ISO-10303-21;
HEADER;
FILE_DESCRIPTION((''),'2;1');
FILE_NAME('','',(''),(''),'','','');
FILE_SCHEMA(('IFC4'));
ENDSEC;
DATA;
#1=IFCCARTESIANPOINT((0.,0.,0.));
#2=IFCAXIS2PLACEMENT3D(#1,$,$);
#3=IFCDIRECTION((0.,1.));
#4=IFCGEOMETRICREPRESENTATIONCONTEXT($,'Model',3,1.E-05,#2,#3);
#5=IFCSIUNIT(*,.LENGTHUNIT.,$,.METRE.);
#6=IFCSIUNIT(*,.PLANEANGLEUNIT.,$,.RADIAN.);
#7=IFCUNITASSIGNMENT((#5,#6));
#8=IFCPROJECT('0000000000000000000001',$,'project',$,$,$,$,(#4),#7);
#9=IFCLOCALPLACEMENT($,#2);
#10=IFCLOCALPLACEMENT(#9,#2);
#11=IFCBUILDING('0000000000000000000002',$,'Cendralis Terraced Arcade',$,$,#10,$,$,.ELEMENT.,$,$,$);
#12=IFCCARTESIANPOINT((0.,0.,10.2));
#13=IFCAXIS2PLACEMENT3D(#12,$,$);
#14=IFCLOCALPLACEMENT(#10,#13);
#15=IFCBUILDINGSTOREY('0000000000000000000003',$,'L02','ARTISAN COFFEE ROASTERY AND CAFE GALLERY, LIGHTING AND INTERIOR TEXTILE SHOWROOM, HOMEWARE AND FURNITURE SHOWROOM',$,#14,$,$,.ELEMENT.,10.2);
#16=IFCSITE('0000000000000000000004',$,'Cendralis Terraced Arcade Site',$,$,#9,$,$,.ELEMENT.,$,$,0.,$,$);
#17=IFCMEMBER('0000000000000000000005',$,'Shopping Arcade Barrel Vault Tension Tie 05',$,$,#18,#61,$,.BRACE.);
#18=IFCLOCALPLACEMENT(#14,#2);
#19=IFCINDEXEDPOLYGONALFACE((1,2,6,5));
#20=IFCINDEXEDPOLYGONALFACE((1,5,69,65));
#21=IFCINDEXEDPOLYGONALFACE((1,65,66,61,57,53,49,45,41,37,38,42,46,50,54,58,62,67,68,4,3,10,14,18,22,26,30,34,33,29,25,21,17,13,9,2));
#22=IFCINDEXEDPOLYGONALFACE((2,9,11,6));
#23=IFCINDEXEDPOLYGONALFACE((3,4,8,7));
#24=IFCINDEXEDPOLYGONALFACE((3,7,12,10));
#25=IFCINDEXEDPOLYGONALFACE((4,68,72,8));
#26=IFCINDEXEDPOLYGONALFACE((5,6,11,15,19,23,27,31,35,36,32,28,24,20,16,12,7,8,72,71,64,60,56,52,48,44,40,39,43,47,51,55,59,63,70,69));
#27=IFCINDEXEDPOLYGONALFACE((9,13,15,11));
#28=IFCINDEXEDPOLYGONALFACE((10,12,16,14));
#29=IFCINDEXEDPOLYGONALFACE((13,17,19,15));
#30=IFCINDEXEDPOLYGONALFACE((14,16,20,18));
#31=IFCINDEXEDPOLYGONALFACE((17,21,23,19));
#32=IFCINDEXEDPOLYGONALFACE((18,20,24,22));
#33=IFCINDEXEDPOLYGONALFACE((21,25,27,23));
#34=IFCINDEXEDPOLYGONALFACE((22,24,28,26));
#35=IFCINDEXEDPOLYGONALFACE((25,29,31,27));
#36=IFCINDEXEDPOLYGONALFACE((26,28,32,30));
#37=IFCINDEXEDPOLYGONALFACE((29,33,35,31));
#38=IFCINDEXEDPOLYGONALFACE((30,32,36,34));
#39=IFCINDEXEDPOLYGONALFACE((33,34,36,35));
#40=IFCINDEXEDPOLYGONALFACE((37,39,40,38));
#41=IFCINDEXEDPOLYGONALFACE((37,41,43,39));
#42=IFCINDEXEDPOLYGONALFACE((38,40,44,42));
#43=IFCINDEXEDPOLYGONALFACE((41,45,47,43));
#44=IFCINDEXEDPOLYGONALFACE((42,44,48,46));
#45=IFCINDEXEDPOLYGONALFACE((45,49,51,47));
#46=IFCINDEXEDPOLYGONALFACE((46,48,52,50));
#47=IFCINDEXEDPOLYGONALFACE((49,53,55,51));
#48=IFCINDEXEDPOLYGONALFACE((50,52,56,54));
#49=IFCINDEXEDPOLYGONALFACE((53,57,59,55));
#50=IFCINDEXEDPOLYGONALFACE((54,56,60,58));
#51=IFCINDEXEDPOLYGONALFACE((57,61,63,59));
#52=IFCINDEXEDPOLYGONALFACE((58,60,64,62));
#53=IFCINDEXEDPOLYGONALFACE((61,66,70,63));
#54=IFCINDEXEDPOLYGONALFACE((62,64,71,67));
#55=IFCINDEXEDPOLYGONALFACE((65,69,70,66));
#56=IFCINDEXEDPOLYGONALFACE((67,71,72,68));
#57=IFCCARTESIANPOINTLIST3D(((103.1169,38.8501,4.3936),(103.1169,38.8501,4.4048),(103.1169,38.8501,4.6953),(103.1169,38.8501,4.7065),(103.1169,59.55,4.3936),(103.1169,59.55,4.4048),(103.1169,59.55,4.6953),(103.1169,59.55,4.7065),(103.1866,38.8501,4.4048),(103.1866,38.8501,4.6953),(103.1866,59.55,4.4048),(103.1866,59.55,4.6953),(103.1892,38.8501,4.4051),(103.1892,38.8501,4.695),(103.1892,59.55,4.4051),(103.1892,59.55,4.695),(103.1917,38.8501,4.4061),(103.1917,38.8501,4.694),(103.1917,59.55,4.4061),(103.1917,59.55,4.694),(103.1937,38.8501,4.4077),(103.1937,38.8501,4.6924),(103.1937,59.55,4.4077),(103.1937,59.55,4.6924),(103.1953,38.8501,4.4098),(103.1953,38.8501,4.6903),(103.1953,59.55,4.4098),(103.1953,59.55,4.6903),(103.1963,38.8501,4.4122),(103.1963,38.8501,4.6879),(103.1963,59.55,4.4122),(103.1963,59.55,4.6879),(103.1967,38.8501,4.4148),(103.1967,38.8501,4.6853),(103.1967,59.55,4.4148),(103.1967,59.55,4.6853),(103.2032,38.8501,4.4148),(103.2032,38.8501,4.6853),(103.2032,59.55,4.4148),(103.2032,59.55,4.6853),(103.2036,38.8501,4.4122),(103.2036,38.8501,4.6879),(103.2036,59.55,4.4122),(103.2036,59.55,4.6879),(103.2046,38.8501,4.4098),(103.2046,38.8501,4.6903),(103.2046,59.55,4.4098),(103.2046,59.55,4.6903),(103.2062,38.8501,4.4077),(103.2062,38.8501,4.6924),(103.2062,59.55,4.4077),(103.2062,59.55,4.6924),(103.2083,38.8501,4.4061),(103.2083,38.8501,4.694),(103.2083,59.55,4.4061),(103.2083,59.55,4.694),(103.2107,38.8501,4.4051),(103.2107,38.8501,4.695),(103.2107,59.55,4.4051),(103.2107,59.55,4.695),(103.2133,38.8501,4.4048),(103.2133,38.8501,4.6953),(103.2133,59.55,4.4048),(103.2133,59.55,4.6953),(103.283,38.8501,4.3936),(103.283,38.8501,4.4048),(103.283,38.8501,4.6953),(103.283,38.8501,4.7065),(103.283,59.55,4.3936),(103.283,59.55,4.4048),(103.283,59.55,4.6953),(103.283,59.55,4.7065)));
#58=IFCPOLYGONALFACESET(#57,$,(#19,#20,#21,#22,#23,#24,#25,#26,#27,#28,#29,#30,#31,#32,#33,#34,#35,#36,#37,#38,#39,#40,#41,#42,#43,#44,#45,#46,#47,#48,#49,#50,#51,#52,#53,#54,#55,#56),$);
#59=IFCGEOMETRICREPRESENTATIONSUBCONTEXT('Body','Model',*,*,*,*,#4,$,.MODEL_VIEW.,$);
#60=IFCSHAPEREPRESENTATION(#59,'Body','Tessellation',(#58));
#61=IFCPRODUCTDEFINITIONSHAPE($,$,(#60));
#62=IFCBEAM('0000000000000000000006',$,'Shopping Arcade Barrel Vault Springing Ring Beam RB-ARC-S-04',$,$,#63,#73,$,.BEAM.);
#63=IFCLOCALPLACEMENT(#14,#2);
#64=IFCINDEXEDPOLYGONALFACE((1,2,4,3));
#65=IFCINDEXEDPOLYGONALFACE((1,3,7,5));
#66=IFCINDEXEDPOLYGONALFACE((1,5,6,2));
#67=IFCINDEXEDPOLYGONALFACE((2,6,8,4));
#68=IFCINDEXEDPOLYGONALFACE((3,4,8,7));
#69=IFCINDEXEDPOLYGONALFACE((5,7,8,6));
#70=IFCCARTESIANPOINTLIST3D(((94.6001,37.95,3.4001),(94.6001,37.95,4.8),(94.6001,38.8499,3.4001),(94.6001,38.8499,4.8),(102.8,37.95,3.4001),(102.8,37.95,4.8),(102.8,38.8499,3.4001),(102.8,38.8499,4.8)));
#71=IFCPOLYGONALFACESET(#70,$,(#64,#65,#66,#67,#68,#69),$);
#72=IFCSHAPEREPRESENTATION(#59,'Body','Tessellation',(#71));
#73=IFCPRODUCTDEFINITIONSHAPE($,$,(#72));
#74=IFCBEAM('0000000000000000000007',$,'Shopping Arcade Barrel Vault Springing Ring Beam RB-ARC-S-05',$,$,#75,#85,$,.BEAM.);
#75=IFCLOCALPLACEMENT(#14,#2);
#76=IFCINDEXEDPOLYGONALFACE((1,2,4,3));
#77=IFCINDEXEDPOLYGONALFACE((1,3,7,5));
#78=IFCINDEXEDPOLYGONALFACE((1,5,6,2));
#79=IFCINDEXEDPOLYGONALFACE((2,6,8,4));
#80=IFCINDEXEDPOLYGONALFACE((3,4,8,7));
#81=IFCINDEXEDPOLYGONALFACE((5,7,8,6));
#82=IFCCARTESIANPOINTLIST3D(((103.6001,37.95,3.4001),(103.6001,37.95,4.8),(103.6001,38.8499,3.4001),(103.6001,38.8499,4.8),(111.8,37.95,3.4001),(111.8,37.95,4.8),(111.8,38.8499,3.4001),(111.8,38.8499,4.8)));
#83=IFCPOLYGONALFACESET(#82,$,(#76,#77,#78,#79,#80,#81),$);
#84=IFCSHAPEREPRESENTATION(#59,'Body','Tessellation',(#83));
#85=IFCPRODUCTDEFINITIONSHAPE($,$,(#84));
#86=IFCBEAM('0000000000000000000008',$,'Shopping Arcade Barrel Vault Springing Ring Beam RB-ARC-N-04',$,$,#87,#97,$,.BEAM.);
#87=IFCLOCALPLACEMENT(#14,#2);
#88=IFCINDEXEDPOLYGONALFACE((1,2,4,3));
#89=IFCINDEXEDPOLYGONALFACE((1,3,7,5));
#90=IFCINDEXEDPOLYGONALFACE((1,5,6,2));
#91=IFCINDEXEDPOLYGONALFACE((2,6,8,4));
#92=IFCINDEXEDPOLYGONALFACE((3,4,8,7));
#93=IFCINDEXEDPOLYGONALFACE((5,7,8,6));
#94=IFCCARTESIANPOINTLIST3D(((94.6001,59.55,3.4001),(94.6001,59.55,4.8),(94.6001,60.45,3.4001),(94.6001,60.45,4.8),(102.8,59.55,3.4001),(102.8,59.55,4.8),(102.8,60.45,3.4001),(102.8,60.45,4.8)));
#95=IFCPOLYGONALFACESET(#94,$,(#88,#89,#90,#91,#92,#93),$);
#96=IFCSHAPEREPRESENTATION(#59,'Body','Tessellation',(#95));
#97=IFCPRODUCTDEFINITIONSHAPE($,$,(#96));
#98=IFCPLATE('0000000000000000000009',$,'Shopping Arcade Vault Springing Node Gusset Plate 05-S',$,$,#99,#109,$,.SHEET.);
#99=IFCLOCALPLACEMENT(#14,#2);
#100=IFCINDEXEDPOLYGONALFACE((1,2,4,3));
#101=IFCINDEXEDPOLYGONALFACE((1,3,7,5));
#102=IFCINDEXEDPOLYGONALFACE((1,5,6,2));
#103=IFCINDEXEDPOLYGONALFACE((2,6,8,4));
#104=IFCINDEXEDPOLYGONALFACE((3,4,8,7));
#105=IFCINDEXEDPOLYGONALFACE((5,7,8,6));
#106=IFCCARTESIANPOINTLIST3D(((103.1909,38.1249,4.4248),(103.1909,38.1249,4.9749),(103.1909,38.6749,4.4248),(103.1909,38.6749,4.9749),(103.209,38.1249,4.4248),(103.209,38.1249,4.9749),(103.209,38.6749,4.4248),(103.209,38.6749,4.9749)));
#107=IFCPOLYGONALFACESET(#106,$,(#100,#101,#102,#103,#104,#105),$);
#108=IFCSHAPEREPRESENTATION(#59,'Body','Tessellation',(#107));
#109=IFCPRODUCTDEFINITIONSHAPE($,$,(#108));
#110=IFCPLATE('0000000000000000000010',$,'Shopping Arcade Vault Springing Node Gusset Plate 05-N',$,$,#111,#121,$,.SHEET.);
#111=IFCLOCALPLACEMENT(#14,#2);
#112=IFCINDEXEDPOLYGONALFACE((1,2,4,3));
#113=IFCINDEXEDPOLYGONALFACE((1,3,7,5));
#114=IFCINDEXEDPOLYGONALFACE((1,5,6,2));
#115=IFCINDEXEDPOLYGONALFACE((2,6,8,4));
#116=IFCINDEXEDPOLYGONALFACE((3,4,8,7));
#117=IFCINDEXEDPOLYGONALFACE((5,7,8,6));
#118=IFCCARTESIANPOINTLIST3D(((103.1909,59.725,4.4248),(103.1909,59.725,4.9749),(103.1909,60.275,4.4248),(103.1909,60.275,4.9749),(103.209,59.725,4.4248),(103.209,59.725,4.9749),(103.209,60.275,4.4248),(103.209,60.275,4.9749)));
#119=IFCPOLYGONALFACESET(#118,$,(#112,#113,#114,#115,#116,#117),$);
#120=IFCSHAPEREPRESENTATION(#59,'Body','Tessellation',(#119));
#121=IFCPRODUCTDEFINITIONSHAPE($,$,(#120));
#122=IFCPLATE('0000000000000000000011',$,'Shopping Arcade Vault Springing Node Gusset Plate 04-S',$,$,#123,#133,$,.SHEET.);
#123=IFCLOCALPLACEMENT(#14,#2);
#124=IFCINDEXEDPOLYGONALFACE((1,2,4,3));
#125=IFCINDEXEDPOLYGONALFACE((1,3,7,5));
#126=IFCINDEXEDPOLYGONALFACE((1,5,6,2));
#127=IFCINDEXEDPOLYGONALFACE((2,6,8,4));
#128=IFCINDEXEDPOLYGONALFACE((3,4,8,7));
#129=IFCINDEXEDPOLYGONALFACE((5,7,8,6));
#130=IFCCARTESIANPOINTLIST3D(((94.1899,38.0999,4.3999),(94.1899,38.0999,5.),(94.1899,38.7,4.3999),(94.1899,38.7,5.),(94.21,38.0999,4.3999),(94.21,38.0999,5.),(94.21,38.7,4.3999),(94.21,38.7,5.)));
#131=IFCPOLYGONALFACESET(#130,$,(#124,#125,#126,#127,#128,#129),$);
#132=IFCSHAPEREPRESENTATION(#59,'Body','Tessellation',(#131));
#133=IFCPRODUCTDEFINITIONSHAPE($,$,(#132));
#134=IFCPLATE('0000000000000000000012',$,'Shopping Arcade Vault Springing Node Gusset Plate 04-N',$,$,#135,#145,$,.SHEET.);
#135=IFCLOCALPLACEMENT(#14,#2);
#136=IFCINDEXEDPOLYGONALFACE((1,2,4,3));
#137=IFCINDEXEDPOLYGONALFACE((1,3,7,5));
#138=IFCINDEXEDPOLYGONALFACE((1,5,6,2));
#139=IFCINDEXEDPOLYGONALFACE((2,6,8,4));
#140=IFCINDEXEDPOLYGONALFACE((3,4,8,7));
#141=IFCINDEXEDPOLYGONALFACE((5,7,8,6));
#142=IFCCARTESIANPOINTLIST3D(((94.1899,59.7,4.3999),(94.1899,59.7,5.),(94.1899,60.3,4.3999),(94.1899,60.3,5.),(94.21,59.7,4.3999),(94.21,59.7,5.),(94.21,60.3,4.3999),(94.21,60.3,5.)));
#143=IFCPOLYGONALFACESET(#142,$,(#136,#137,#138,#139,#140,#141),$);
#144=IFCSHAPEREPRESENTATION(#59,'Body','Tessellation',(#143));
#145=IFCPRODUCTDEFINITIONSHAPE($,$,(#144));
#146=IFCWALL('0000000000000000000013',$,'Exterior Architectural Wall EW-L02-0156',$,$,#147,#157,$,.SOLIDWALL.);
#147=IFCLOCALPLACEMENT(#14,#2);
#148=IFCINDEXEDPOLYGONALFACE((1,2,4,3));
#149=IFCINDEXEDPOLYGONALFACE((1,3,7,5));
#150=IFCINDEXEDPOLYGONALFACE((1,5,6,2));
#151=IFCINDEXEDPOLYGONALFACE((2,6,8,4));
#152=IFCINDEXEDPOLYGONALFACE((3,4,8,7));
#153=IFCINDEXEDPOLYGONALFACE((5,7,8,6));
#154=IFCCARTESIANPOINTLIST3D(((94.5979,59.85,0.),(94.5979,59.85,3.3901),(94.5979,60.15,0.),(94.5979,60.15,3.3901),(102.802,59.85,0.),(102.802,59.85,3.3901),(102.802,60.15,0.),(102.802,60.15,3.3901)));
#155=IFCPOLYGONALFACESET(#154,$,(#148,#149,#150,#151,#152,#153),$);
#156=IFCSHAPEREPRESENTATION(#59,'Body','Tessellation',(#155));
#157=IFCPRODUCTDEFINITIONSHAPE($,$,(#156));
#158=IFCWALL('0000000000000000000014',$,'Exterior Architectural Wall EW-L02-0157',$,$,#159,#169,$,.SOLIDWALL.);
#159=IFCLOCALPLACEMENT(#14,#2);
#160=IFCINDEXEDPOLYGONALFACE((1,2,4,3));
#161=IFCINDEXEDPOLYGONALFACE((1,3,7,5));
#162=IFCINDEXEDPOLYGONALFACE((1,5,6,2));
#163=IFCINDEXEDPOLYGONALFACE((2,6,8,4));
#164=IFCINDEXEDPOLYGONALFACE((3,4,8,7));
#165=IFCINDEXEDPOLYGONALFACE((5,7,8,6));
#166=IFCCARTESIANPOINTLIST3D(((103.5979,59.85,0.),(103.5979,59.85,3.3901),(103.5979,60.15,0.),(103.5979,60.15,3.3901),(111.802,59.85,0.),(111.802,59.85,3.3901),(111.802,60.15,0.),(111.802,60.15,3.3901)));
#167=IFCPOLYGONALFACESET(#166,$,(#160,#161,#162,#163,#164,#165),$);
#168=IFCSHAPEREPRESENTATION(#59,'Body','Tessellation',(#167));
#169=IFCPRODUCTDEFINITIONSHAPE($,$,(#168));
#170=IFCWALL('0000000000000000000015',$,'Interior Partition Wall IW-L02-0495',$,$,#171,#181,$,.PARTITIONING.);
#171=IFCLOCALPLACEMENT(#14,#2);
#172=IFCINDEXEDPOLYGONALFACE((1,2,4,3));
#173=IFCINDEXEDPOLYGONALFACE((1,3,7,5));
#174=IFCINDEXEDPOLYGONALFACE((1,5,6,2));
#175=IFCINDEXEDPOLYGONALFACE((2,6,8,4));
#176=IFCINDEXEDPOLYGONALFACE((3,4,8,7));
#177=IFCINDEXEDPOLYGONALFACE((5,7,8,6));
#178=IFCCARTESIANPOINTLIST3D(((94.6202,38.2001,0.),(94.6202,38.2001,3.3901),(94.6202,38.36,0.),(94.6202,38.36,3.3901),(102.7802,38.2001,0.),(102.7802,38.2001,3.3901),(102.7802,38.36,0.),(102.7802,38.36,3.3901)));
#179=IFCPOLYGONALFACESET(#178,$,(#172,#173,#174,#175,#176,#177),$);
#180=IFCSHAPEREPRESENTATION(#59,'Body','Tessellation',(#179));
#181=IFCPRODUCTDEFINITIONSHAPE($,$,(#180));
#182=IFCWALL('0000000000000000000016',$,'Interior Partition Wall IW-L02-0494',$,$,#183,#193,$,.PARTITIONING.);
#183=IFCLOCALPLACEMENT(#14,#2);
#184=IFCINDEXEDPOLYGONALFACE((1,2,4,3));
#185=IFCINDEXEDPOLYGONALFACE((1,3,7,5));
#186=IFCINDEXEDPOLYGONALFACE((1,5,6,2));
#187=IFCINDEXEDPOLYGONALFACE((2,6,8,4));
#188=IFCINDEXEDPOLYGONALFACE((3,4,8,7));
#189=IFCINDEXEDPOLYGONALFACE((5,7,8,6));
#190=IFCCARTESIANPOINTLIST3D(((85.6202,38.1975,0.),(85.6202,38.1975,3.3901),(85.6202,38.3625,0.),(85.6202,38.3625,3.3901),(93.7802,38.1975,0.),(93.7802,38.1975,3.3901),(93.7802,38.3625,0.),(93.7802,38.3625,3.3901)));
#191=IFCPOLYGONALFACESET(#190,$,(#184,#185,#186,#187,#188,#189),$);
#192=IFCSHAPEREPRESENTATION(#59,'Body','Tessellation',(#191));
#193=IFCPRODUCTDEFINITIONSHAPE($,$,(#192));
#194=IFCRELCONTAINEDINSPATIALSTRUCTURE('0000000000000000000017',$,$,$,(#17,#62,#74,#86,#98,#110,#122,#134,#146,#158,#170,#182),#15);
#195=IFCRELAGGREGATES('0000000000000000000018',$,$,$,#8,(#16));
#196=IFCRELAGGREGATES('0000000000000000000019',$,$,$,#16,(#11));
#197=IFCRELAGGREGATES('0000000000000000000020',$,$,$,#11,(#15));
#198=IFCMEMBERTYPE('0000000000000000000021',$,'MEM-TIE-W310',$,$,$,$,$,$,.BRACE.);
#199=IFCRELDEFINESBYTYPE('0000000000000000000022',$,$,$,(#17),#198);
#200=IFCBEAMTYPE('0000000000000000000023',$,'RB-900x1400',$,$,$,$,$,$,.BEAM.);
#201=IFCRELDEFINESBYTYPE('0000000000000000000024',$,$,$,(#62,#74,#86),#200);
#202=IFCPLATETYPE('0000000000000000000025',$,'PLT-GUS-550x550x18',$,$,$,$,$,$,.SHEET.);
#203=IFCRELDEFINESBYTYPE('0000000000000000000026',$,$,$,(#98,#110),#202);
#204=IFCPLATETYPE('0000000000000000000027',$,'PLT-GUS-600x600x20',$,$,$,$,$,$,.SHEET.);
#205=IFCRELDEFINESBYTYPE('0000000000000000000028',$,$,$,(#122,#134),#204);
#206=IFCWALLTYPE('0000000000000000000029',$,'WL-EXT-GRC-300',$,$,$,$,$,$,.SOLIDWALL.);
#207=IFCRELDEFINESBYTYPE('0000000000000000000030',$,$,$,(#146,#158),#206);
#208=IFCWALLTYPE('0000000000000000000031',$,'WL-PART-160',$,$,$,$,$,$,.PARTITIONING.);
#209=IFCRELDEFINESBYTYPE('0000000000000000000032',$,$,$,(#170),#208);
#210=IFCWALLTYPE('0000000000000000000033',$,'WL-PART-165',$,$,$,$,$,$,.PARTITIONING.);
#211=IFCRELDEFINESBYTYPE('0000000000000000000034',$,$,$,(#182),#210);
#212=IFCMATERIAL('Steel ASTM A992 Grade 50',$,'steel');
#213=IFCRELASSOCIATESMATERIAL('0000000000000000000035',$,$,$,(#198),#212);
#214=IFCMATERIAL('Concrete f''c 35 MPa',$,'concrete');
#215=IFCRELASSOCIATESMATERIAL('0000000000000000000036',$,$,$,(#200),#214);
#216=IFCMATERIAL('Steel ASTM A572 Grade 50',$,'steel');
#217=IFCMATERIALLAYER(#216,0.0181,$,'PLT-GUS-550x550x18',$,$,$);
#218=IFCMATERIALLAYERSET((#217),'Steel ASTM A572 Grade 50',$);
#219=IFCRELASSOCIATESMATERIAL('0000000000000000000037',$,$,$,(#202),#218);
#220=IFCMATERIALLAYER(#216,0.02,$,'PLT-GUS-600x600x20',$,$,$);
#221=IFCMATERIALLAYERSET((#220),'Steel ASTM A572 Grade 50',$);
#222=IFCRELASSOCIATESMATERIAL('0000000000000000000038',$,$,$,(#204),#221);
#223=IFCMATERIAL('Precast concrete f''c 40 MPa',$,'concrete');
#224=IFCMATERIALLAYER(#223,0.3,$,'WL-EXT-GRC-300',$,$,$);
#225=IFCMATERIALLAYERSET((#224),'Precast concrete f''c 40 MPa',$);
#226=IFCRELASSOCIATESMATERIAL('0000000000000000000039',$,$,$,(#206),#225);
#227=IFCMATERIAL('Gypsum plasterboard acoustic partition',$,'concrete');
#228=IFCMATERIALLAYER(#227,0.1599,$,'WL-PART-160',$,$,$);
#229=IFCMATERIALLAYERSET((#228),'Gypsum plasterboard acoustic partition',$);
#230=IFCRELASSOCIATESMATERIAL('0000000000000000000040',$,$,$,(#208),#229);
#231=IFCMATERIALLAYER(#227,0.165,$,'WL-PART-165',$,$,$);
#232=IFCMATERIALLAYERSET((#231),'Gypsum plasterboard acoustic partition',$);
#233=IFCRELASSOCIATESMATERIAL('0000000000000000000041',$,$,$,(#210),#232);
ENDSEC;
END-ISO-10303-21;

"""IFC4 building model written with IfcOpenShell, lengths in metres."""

from ifc_helpers import new_model, si_unit, direction, frame, frame_2d, origin, origin_2d, place, context, subcontext, project, spatial, rectangle, i_section, extrude, material, layer, layer_set, material_profile, profile_set, type_object, element, save


model = new_model("IFC4")

# Units and contexts
model_context = context("Model", 3, precision=1e-05, world=origin(), true_north=direction((0.0, 1.0)))
body_context = subcontext(model_context, "Body", "Model", "MODEL_VIEW")
ifc_project = project(units=[si_unit("LENGTHUNIT", "METRE"), si_unit("PLANEANGLEUNIT", "RADIAN")], contexts=[model_context])

# Site, building, storey
site_placement = place(None, origin())
site = spatial("IfcSite", under=ifc_project, at=site_placement, Name="Cendralis Terraced Arcade Site", CompositionType="ELEMENT", RefElevation=0.0)
building_placement = place(site_placement, origin())
building = spatial("IfcBuilding", under=site, at=building_placement, Name="Cendralis Terraced Arcade", CompositionType="ELEMENT")
storey_placement = place(building_placement, frame((0.0, 0.0, 10.2)))
storey = spatial("IfcBuildingStorey", under=building, at=storey_placement, Name="L02", Description="ARTISAN COFFEE ROASTERY AND CAFE GALLERY, LIGHTING AND INTERIOR TEXTILE SHOWROOM, HOMEWARE AND FURNITURE SHOWROOM", CompositionType="ELEMENT", Elevation=10.2)

# Shared definitions
ifc_material_1 = material(Name="Concrete f'c 35 MPa", Category="concrete")

# Member
ifc_material_2 = material(Name="Steel ASTM A992 Grade 50", Category="steel")
ifc_material_profile_1 = material_profile(ifc_material_2, i_section(OverallWidth=0.166, OverallDepth=0.313, WebThickness=0.0066, FlangeThickness=0.0112, FilletRadius=0.01, at=origin_2d()), Name="W310X44.5", Category="LoadBearing")
ifc_profile_set_1 = profile_set([ifc_material_profile_1], Name="Steel ASTM A992 Grade 50")
member_type = type_object("IfcMemberType", Name="MEM-TIE-W310", PredefinedType="BRACE", material=ifc_profile_set_1)
member_placement = place(storey_placement, frame((103.2, 38.8501, 4.55), z_axis=(0.0, 1.0, 0.0), x_axis=(-1.0, 0.0, 0.0)))
element("IfcMember", 1, at=member_placement, inside=storey, type_object=member_type, Name="Shopping Arcade Barrel Vault Tension Tie 05", PredefinedType="BRACE", context=body_context, shape_type="SweptSolid", body=[
    extrude(i_section(OverallWidth=0.166, OverallDepth=0.313, WebThickness=0.0066, FlangeThickness=0.0112, FilletRadius=0.01, at=origin_2d()), origin(), (0.0, 0.0, 1.0), 20.7),
])

# Beams
ifc_material_profile_2 = material_profile(ifc_material_1, rectangle(XDim=0.8999, YDim=1.3999, at=origin_2d()), Name="RC-RB-900x1400", Category="LoadBearing")
ifc_profile_set_2 = profile_set([ifc_material_profile_2], Name="Concrete f'c 35 MPa")
beam_type_1 = type_object("IfcBeamType", Name="RB-900x1400", PredefinedType="BEAM", material=ifc_profile_set_2)
for number, where, z_axis, x_axis, name in (
    (2, (94.6001, 38.3999, 4.1001), (1.0, 0.0, 0.0), (0.0, 1.0, 0.0), "Shopping Arcade Barrel Vault Springing Ring Beam RB-ARC-S-04"),
    (3, (103.6001, 38.3999, 4.1001), (1.0, 0.0, 0.0), (0.0, 1.0, 0.0), "Shopping Arcade Barrel Vault Springing Ring Beam RB-ARC-S-05"),
    (4, (94.6001, 60.0, 4.1001), (1.0, 0.0, 0.0), (0.0, 1.0, 0.0), "Shopping Arcade Barrel Vault Springing Ring Beam RB-ARC-N-04"),
):
    element("IfcBeam", number, at=place(storey_placement, frame(where, z_axis=z_axis, x_axis=x_axis)), inside=storey, type_object=beam_type_1, Name=name, PredefinedType="BEAM", context=body_context, shape_type="SweptSolid", body=[
        extrude(rectangle(XDim=0.8999, YDim=1.3999, at=origin_2d()), origin(), (0.0, 0.0, 1.0), 8.2),
    ])

# Plates
ifc_material_3 = material(Name="Steel ASTM A572 Grade 50", Category="steel")
ifc_layer_1 = layer(ifc_material_3, 0.0181, Name="PLT-GUS-550x550x18")
ifc_layer_set_1 = layer_set([ifc_layer_1], Name="Steel ASTM A572 Grade 50")
plate_type_1 = type_object("IfcPlateType", Name="PLT-GUS-550x550x18", PredefinedType="SHEET", material=ifc_layer_set_1)
for number, where, z_axis, x_axis, name in (
    (5, (103.2, 38.3999, 4.4248), (0.0, 0.0, 1.0), (0.0, 1.0, 0.0), "Shopping Arcade Vault Springing Node Gusset Plate 05-S"),
    (6, (103.2, 60.0, 4.4248), (0.0, 0.0, 1.0), (0.0, 1.0, 0.0), "Shopping Arcade Vault Springing Node Gusset Plate 05-N"),
):
    element("IfcPlate", number, at=place(storey_placement, frame(where, z_axis=z_axis, x_axis=x_axis)), inside=storey, type_object=plate_type_1, Name=name, PredefinedType="SHEET", context=body_context, shape_type="SweptSolid", body=[
        extrude(rectangle(XDim=0.55, YDim=0.0181, at=origin_2d()), origin(), (0.0, 0.0, 1.0), 0.55),
    ])
ifc_layer_2 = layer(ifc_material_3, 0.02, Name="PLT-GUS-600x600x20")
ifc_layer_set_2 = layer_set([ifc_layer_2], Name="Steel ASTM A572 Grade 50")
plate_type_2 = type_object("IfcPlateType", Name="PLT-GUS-600x600x20", PredefinedType="SHEET", material=ifc_layer_set_2)
for number, where, z_axis, x_axis, name in (
    (7, (94.2, 38.3999, 4.3999), (0.0, 0.0, 1.0), (0.0, 1.0, 0.0), "Shopping Arcade Vault Springing Node Gusset Plate 04-S"),
    (8, (94.2, 60.0, 4.3999), (0.0, 0.0, 1.0), (0.0, 1.0, 0.0), "Shopping Arcade Vault Springing Node Gusset Plate 04-N"),
):
    element("IfcPlate", number, at=place(storey_placement, frame(where, z_axis=z_axis, x_axis=x_axis)), inside=storey, type_object=plate_type_2, Name=name, PredefinedType="SHEET", context=body_context, shape_type="SweptSolid", body=[
        extrude(rectangle(XDim=0.6001, YDim=0.02, at=origin_2d()), origin(), (0.0, 0.0, 1.0), 0.6001),
    ])

# Walls
ifc_material_4 = material(Name="Precast concrete f'c 40 MPa", Category="concrete")
ifc_layer_3 = layer(ifc_material_4, 0.3, Name="WL-EXT-GRC-300")
ifc_layer_set_3 = layer_set([ifc_layer_3], Name="Precast concrete f'c 40 MPa")
wall_type_1 = type_object("IfcWallType", Name="WL-EXT-GRC-300", PredefinedType="SOLIDWALL", material=ifc_layer_set_3)
for number, where, z_axis, x_axis, name in (
    (9, (94.5979, 60.0, 0.0), (0.0, 0.0, 1.0), (1.0, 0.0, 0.0), "Exterior Architectural Wall EW-L02-0156"),
    (10, (103.5979, 60.0, 0.0), (0.0, 0.0, 1.0), (1.0, 0.0, 0.0), "Exterior Architectural Wall EW-L02-0157"),
):
    element("IfcWall", number, at=place(storey_placement, frame(where, z_axis=z_axis, x_axis=x_axis)), inside=storey, type_object=wall_type_1, Name=name, PredefinedType="SOLIDWALL", context=body_context, shape_type="SweptSolid", body=[
        extrude(rectangle(XDim=8.2041, YDim=0.3, at=frame_2d((4.1021, 0.0))), origin(), (0.0, 0.0, 1.0), 3.3901),
    ])
ifc_material_5 = material(Name="Gypsum plasterboard acoustic partition", Category="concrete")
ifc_layer_4 = layer(ifc_material_5, 0.1599, Name="WL-PART-160")
ifc_layer_set_4 = layer_set([ifc_layer_4], Name="Gypsum plasterboard acoustic partition")
wall_type_2 = type_object("IfcWallType", Name="WL-PART-160", PredefinedType="PARTITIONING", material=ifc_layer_set_4)
wall_1_placement = place(storey_placement, frame((94.6201, 38.28, 0.0), z_axis=(0.0, 0.0, 1.0), x_axis=(1.0, 0.0, 0.0)))
element("IfcWall", 11, at=wall_1_placement, inside=storey, type_object=wall_type_2, Name="Interior Partition Wall IW-L02-0495", PredefinedType="PARTITIONING", context=body_context, shape_type="SweptSolid", body=[
    extrude(rectangle(XDim=8.1599, YDim=0.1599, at=frame_2d((4.0801, 0.0))), origin(), (0.0, 0.0, 1.0), 3.3901),
])
ifc_layer_5 = layer(ifc_material_5, 0.165, Name="WL-PART-165")
ifc_layer_set_5 = layer_set([ifc_layer_5], Name="Gypsum plasterboard acoustic partition")
wall_type_3 = type_object("IfcWallType", Name="WL-PART-165", PredefinedType="PARTITIONING", material=ifc_layer_set_5)
wall_2_placement = place(storey_placement, frame((85.6201, 38.28, 0.0), z_axis=(0.0, 0.0, 1.0), x_axis=(1.0, 0.0, 0.0)))
element("IfcWall", 12, at=wall_2_placement, inside=storey, type_object=wall_type_3, Name="Interior Partition Wall IW-L02-0494", PredefinedType="PARTITIONING", context=body_context, shape_type="SweptSolid", body=[
    extrude(rectangle(XDim=8.1599, YDim=0.165, at=frame_2d((4.0801, 0.0))), origin(), (0.0, 0.0, 1.0), 3.3901),
])

save(model, "model.ifc")
